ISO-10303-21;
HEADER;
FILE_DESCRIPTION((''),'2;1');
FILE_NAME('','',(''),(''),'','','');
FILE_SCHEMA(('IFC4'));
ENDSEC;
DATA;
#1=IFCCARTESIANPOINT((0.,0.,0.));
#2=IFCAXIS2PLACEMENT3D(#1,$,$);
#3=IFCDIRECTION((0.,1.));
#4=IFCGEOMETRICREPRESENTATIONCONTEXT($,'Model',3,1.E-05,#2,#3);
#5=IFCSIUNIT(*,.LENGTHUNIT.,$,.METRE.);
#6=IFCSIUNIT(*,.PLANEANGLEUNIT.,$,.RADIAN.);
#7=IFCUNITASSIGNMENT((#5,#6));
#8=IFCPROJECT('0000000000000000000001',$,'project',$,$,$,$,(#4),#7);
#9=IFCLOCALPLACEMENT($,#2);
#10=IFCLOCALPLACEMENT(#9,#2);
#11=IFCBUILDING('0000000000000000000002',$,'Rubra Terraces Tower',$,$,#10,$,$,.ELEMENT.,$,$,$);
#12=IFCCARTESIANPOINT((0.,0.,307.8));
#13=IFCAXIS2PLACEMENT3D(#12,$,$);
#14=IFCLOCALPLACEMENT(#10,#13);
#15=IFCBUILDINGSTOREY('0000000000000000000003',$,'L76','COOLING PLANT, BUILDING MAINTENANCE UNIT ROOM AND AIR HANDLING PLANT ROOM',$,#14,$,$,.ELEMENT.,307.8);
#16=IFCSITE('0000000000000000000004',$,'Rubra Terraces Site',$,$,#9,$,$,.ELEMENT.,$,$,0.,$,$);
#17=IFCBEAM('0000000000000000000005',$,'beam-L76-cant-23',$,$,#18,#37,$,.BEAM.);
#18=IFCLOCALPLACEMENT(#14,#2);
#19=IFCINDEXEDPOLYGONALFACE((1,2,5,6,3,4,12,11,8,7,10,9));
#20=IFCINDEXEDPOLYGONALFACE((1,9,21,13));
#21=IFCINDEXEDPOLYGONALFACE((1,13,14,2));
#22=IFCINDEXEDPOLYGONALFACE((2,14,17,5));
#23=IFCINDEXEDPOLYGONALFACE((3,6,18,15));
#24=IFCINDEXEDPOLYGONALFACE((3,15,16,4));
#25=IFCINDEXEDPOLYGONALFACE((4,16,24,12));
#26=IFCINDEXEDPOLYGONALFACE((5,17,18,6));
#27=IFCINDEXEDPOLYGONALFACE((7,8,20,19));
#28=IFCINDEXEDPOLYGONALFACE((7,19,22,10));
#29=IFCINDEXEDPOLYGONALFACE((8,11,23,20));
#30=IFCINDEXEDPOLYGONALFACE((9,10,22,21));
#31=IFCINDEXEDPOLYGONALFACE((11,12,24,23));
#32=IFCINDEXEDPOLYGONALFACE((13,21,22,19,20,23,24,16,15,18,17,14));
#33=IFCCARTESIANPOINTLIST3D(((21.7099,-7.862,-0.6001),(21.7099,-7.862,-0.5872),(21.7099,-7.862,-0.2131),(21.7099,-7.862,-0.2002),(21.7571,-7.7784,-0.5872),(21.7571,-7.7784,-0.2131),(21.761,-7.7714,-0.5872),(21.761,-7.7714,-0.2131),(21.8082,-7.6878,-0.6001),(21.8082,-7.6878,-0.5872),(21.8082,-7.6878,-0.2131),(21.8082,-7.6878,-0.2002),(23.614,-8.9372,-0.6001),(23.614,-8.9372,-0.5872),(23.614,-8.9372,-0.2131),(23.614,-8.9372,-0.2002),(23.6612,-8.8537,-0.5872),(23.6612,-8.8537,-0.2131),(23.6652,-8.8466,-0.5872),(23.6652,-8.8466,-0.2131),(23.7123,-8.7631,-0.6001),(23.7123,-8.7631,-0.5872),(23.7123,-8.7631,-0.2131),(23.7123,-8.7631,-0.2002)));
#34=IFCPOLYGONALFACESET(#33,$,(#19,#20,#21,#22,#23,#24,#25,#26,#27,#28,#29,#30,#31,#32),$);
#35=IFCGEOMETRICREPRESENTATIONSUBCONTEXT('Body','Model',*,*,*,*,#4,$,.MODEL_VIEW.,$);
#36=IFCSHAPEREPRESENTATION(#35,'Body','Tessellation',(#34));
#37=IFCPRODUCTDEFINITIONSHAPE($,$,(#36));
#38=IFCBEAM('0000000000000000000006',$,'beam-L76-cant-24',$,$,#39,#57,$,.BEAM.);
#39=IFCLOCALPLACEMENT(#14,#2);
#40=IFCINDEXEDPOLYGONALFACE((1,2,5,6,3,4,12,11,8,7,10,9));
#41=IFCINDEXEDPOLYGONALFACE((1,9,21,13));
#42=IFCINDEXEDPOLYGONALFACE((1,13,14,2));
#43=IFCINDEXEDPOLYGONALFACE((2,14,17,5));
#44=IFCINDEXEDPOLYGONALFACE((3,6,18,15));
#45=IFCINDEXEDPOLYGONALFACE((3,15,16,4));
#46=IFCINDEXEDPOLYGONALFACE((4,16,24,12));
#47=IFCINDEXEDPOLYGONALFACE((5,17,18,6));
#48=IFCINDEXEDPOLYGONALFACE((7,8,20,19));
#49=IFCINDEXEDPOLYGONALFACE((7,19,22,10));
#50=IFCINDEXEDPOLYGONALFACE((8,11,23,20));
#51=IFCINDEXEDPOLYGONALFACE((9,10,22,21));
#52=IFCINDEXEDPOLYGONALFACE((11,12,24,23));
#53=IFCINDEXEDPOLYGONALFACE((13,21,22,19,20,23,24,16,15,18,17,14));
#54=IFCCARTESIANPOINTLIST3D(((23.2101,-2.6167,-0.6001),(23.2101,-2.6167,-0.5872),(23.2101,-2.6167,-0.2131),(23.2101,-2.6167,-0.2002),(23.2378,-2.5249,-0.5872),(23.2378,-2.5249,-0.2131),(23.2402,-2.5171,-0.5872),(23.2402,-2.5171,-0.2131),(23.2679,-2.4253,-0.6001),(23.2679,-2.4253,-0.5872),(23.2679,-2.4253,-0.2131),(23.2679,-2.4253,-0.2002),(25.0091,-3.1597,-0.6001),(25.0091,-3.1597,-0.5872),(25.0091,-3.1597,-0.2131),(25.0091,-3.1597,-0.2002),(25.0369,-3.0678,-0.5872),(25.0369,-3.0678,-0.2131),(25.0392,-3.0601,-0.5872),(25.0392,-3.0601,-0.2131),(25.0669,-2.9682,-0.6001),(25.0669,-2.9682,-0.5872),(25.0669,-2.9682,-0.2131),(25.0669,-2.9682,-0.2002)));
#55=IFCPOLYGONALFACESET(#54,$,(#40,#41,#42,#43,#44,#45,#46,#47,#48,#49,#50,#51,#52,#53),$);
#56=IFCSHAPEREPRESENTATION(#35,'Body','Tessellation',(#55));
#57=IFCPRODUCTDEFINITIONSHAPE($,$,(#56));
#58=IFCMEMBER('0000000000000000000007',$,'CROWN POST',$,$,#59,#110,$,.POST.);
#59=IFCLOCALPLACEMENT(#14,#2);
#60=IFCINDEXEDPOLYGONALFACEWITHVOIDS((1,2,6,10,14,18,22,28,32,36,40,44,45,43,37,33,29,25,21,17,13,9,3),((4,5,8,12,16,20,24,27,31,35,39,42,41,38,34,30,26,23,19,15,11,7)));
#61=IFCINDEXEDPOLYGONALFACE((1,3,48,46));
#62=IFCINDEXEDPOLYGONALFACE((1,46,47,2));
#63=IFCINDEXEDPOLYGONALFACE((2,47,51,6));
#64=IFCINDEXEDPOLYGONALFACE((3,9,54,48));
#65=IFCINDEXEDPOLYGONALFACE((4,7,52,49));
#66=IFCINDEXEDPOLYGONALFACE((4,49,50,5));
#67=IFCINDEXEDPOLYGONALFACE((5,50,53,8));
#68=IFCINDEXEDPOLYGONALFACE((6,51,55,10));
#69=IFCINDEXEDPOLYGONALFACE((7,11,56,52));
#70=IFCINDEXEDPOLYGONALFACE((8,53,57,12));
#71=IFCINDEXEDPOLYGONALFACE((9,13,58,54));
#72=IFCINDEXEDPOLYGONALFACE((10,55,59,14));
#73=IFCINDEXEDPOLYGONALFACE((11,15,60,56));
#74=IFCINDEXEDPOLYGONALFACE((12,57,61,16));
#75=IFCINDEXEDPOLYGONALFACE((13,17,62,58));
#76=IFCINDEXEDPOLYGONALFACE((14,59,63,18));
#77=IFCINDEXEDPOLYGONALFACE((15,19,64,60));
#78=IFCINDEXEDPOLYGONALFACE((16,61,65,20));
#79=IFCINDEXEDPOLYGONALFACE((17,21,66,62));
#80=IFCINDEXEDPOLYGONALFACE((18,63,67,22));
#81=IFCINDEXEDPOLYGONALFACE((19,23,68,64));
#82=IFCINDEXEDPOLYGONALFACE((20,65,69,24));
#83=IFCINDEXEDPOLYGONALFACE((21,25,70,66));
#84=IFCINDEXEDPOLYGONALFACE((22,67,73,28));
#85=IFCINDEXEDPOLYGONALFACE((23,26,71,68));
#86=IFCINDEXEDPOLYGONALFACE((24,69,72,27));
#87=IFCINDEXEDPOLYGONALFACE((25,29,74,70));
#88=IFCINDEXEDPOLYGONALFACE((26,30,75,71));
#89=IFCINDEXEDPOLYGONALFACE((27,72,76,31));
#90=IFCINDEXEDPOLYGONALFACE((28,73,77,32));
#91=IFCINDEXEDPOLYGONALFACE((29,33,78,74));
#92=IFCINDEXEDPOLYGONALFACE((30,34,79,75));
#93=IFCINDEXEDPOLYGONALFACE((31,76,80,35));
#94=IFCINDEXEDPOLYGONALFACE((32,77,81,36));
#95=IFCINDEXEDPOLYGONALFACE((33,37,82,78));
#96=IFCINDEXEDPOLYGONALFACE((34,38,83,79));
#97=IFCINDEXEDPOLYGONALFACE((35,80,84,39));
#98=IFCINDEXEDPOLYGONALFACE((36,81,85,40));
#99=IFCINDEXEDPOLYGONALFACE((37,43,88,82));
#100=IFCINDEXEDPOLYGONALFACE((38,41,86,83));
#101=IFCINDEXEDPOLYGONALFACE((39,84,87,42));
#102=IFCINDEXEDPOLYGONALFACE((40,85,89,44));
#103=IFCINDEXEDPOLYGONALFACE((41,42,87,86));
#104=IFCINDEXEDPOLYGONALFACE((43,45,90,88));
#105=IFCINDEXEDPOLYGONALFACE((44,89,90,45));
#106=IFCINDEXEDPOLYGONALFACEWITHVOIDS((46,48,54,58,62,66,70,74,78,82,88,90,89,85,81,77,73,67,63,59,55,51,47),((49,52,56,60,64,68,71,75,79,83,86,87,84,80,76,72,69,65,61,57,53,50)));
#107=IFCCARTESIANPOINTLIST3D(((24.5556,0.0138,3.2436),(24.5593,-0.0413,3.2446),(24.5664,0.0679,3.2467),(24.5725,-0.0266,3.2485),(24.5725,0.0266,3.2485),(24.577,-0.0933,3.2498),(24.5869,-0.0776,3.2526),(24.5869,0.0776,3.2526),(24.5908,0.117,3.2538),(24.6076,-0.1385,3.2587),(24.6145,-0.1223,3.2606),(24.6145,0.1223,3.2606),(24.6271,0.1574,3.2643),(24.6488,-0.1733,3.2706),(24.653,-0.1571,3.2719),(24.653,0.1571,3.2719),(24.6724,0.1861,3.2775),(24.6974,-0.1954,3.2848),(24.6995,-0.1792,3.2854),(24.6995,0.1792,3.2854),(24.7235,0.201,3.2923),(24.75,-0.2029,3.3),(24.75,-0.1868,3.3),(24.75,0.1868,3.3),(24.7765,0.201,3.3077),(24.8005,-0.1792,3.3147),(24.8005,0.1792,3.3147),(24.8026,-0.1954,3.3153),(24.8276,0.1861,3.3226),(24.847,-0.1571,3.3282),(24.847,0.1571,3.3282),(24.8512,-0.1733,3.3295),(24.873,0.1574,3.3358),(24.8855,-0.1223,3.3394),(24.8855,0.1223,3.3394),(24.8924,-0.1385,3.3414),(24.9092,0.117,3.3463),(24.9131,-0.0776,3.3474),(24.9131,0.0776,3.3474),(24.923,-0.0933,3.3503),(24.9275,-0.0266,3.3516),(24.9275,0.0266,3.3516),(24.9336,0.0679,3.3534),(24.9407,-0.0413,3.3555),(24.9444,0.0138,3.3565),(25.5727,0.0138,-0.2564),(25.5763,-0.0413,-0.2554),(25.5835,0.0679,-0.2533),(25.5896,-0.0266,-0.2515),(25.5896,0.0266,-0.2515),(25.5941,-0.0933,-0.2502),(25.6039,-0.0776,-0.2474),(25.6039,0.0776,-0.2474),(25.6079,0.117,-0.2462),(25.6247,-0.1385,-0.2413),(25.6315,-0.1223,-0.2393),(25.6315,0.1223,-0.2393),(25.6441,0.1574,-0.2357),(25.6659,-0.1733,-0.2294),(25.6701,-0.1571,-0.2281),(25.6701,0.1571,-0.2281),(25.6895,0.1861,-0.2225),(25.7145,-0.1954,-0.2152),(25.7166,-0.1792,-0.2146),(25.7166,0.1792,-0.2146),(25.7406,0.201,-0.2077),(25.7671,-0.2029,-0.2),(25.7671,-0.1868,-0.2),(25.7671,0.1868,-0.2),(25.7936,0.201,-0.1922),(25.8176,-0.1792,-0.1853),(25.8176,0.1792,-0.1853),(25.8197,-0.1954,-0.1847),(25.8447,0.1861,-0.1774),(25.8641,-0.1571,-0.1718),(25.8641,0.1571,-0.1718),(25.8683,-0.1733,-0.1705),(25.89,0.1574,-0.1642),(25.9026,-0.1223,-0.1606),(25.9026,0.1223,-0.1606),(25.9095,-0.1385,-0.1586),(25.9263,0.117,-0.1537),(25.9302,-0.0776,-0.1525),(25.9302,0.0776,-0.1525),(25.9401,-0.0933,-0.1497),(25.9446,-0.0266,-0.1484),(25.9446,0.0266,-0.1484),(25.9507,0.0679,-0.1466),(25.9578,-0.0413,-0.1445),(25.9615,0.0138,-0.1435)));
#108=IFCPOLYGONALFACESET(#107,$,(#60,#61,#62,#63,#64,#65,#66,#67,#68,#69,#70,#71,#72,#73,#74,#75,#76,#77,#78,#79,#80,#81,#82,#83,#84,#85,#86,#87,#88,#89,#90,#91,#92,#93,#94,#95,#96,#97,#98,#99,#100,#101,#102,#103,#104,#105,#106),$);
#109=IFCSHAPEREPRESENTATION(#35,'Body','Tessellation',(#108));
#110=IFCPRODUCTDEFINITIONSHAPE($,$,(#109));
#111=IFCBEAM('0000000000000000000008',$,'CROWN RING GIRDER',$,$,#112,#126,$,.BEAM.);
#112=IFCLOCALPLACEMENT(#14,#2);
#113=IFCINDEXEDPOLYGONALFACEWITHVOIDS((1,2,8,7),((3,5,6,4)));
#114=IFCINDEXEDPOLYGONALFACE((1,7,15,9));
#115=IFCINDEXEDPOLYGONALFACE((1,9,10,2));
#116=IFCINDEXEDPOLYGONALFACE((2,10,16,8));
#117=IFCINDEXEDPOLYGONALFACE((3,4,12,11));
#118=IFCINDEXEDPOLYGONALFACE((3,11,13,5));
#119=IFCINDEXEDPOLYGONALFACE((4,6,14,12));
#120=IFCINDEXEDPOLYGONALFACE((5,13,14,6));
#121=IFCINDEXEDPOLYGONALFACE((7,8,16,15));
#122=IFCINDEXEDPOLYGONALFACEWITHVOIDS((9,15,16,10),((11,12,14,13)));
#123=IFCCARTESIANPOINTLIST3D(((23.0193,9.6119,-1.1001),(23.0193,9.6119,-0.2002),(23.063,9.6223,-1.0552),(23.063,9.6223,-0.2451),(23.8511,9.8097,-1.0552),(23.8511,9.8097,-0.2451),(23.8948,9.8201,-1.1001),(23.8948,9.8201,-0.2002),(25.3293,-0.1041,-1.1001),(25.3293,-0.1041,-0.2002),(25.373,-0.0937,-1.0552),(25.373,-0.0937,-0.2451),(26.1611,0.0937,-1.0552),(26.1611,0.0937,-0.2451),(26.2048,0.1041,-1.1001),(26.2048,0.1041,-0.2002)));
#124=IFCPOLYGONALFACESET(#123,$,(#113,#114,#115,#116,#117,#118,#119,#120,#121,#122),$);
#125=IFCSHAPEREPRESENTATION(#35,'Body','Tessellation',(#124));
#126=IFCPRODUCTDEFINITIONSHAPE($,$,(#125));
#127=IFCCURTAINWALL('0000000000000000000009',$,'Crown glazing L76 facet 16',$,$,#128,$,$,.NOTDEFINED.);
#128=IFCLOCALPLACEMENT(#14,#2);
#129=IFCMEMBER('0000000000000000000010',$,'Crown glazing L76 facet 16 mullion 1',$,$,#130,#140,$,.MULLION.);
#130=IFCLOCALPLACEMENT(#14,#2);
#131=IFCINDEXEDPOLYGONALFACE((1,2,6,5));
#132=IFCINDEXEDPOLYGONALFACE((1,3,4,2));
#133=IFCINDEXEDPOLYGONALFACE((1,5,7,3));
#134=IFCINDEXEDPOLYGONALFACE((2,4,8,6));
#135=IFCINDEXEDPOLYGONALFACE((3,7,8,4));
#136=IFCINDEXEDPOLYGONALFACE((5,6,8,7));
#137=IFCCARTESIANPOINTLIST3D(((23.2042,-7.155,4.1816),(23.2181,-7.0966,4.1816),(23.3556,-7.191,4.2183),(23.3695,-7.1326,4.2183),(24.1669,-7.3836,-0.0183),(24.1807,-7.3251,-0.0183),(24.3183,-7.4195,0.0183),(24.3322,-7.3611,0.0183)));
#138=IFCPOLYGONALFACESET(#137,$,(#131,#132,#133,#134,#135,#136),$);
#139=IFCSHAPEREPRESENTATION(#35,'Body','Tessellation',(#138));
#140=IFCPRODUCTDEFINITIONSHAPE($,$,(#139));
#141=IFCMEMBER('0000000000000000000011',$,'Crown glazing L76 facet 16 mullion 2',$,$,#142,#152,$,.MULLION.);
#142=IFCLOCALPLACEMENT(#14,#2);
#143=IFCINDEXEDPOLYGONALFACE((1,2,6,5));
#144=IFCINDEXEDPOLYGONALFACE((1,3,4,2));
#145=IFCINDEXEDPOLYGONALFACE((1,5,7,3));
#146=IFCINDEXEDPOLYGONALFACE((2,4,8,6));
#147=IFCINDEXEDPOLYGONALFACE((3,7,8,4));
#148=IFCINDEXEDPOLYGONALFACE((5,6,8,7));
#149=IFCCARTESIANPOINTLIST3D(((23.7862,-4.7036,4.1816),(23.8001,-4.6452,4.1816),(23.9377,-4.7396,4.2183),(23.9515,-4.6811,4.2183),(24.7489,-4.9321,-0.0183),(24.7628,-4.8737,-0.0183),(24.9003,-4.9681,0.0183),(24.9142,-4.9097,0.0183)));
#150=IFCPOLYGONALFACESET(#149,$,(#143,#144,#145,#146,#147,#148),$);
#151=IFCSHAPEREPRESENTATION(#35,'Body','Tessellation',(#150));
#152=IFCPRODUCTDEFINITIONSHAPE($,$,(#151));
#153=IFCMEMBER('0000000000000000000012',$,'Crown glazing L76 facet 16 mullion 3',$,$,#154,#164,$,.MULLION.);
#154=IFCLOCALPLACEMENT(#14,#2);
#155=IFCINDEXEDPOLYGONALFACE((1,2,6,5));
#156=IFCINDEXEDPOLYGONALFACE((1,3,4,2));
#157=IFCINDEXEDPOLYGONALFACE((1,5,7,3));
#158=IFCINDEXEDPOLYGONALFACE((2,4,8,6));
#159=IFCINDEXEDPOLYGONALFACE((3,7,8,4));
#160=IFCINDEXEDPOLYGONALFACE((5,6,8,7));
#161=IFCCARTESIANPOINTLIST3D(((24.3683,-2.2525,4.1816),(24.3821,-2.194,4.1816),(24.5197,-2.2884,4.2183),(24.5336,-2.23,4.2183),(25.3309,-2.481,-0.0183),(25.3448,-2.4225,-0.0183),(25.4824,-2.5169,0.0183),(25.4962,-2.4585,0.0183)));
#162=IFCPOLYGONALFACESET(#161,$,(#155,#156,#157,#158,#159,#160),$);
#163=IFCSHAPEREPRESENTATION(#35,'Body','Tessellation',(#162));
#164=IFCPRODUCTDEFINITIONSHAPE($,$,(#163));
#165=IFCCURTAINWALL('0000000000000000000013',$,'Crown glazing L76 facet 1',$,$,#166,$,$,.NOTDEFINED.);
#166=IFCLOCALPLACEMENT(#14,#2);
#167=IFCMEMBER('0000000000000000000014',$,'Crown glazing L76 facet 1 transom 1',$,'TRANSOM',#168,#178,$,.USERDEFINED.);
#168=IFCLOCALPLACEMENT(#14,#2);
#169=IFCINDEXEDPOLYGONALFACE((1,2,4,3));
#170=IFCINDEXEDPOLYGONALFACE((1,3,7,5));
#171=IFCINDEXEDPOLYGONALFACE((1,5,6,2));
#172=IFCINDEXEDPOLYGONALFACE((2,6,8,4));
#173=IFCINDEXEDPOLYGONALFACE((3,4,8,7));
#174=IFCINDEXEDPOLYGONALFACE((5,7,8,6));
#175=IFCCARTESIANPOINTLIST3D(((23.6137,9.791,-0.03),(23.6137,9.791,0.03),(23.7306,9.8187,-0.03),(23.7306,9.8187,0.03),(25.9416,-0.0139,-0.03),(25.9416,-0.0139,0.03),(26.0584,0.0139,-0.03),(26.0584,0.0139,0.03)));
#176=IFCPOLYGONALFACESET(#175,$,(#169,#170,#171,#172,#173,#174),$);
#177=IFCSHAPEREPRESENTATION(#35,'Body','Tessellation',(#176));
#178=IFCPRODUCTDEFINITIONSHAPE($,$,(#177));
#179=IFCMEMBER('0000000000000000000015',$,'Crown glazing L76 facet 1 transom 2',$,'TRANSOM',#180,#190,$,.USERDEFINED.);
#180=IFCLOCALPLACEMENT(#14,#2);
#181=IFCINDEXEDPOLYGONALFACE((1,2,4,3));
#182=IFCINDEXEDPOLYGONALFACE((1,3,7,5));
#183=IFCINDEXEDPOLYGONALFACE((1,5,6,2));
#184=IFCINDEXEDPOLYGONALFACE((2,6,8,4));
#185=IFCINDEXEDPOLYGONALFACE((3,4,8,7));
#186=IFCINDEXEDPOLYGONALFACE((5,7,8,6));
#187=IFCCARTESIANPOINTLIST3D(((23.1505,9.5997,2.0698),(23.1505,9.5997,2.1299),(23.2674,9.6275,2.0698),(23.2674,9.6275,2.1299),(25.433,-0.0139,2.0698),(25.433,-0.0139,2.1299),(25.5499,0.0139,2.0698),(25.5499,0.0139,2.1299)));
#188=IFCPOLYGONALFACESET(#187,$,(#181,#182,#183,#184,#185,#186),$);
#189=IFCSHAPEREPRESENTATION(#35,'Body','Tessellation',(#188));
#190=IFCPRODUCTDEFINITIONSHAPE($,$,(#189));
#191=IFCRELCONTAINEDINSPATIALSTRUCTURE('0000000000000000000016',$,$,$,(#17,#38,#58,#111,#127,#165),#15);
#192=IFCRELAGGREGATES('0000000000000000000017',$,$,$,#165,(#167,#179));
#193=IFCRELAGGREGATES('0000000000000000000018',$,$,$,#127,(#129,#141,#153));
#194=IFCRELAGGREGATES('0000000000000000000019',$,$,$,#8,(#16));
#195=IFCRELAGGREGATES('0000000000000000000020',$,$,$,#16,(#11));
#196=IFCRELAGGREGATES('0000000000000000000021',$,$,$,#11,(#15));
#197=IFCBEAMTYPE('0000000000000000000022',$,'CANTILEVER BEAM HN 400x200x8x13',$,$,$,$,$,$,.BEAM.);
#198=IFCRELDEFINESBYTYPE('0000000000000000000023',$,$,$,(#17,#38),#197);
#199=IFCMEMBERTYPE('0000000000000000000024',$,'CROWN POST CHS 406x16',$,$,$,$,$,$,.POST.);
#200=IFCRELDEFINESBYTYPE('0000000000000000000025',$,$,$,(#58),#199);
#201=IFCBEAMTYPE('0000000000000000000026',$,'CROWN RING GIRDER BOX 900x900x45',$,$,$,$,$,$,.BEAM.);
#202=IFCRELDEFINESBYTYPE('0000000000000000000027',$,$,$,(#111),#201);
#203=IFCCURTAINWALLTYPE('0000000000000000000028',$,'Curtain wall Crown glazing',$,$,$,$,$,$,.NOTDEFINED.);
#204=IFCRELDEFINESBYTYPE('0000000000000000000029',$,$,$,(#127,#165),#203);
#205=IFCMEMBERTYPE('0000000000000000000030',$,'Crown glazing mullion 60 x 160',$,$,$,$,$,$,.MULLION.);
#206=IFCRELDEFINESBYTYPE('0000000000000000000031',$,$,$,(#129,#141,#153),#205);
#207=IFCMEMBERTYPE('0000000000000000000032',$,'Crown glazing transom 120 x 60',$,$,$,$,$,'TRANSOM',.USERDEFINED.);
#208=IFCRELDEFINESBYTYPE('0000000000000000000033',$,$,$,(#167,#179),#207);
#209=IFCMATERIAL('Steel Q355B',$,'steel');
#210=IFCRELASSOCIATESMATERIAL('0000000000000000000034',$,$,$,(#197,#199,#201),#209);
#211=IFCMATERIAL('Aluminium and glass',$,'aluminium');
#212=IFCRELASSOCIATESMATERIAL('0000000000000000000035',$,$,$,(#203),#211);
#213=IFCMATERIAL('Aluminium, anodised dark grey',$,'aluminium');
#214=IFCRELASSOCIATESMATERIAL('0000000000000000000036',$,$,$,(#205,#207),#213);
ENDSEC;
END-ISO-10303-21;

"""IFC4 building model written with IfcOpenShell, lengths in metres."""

from ifc_helpers import new_model, si_unit, direction, frame, origin, origin_2d, place, context, subcontext, project, spatial, rectangle, hollow_rectangle, hollow_circle, i_section, extrude, material, material_profile, profile_set, type_object, element, aggregate, save


model = new_model("IFC4")

# Units and contexts
model_context = context("Model", 3, precision=1e-05, world=origin(), true_north=direction((0.0, 1.0)))
body_context = subcontext(model_context, "Body", "Model", "MODEL_VIEW")
ifc_project = project(units=[si_unit("LENGTHUNIT", "METRE"), si_unit("PLANEANGLEUNIT", "RADIAN")], contexts=[model_context])

# Site, building, storey
site_placement = place(None, origin())
site = spatial("IfcSite", under=ifc_project, at=site_placement, Name="Rubra Terraces Site", CompositionType="ELEMENT", RefElevation=0.0)
building_placement = place(site_placement, origin())
building = spatial("IfcBuilding", under=site, at=building_placement, Name="Rubra Terraces Tower", CompositionType="ELEMENT")
storey_placement = place(building_placement, frame((0.0, 0.0, 307.8)))
storey = spatial("IfcBuildingStorey", under=building, at=storey_placement, Name="L76", Description="COOLING PLANT, BUILDING MAINTENANCE UNIT ROOM AND AIR HANDLING PLANT ROOM", CompositionType="ELEMENT", Elevation=307.8)

# Beams
ifc_material_1 = material(Name="Steel Q355B", Category="steel")
ifc_material_profile_1 = material_profile(ifc_material_1, i_section(OverallWidth=0.2, OverallDepth=0.3999, WebThickness=0.0081, FlangeThickness=0.0129, at=origin_2d()), Name="HN 400x200x8x13")
ifc_profile_set_1 = profile_set([ifc_material_profile_1], Name="Steel Q355B")
beam_type_1 = type_object("IfcBeamType", Name="CANTILEVER BEAM HN 400x200x8x13", PredefinedType="BEAM", material=ifc_profile_set_1)
beam_1_placement = place(storey_placement, frame((21.759, -7.7749, -0.4001), z_axis=(0.87076, -0.491708, 0.0), x_axis=(0.491708, 0.87076, 0.0)))
element("IfcBeam", 1, at=beam_1_placement, inside=storey, type_object=beam_type_1, Name="beam-L76-cant-23", PredefinedType="BEAM", context=body_context, shape_type="SweptSolid", body=[
    extrude(i_section(OverallWidth=0.2, OverallDepth=0.3999, WebThickness=0.0081, FlangeThickness=0.0129, at=origin_2d()), origin(), (0.0, 0.0, 1.0), 2.1868),
])
beam_2_placement = place(storey_placement, frame((23.239, -2.521, -0.4001), z_axis=(0.957349, -0.288933, 0.0), x_axis=(0.288933, 0.957349, 0.0)))
element("IfcBeam", 2, at=beam_2_placement, inside=storey, type_object=beam_type_1, Name="beam-L76-cant-24", PredefinedType="BEAM", context=body_context, shape_type="SweptSolid", body=[
    extrude(i_section(OverallWidth=0.2, OverallDepth=0.3999, WebThickness=0.0081, FlangeThickness=0.0129, at=origin_2d()), origin(), (0.0, 0.0, 1.0), 1.8792),
])

# Member
ifc_material_profile_2 = material_profile(ifc_material_1, hollow_circle(Radius=0.2029, WallThickness=0.0161, at=origin_2d()), Name="CHS 406x16")
ifc_profile_set_2 = profile_set([ifc_material_profile_2], Name="Steel Q355B")
member_type_1 = type_object("IfcMemberType", Name="CROWN POST CHS 406x16", PredefinedType="POST", material=ifc_profile_set_2)
member_1_placement = place(storey_placement, frame((25.7671, 0.0, -0.2), z_axis=(-0.279053, 0.0, 0.960276), x_axis=(0.0, -1.0, 0.0)))
element("IfcMember", 3, at=member_1_placement, inside=storey, type_object=member_type_1, Name="CROWN POST", PredefinedType="POST", context=body_context, shape_type="SweptSolid", body=[
    extrude(hollow_circle(Radius=0.2029, WallThickness=0.0161, at=origin_2d()), origin(), (0.0, 0.0, 1.0), 3.6448),
])

# Beam
ifc_material_profile_3 = material_profile(ifc_material_1, hollow_rectangle(XDim=0.8999, YDim=0.8999, WallThickness=0.0449, at=origin_2d()), Name="BOX 900x900x45")
ifc_profile_set_3 = profile_set([ifc_material_profile_3], Name="Steel Q355B")
beam_type_2 = type_object("IfcBeamType", Name="CROWN RING GIRDER BOX 900x900x45", PredefinedType="BEAM", material=ifc_profile_set_3)
beam_3_placement = place(storey_placement, frame((25.7671, 0.0, -0.6501), z_axis=(-0.231309, 0.97288, 0.0), x_axis=(-0.97288, -0.231309, 0.0)))
element("IfcBeam", 4, at=beam_3_placement, inside=storey, type_object=beam_type_2, Name="CROWN RING GIRDER", PredefinedType="BEAM", context=body_context, shape_type="SweptSolid", body=[
    extrude(hollow_rectangle(XDim=0.8999, YDim=0.8999, WallThickness=0.0449, at=origin_2d()), origin(), (0.0, 0.0, 1.0), 9.9868),
])

# Curtain walls, members
ifc_material_2 = material(Name="Aluminium and glass", Category="aluminium")
curtain_wall_type = type_object("IfcCurtainWallType", Name="Curtain wall Crown glazing", PredefinedType="NOTDEFINED", material=ifc_material_2)
curtain_wall_1_placement = place(storey_placement, origin())
curtain_wall_1 = element("IfcCurtainWall", 5, at=curtain_wall_1_placement, inside=storey, type_object=curtain_wall_type, Name="Crown glazing L76 facet 16", PredefinedType="NOTDEFINED")
ifc_material_3 = material(Name="Aluminium, anodised dark grey", Category="aluminium")
ifc_material_profile_4 = material_profile(ifc_material_3, rectangle(XDim=0.0601, YDim=0.1599, at=origin_2d()), Name="AL 60x160")
ifc_profile_set_4 = profile_set([ifc_material_profile_4], Name="Aluminium, anodised dark grey")
member_type_2 = type_object("IfcMemberType", Name="Crown glazing mullion 60 x 160", PredefinedType="MULLION", material=ifc_profile_set_4)
member_2_placement = place(storey_placement, frame((24.2495, -7.3723, 0.0), z_axis=(-0.223097, 0.052959, 0.973356), x_axis=(-0.230964, -0.972962, 0.0)))
member_2 = element("IfcMember", 6, at=member_2_placement, type_object=member_type_2, Name="Crown glazing L76 facet 16 mullion 1", PredefinedType="MULLION", context=body_context, shape_type="SweptSolid", body=[
    extrude(rectangle(XDim=0.0601, YDim=0.1599, at=origin_2d()), origin(), (0.0, 0.0, 1.0), 4.3149),
])
member_3_placement = place(storey_placement, frame((24.8315, -4.9209, 0.0), z_axis=(-0.223097, 0.052959, 0.973356), x_axis=(-0.230964, -0.972962, 0.0)))
member_3 = element("IfcMember", 7, at=member_3_placement, type_object=member_type_2, Name="Crown glazing L76 facet 16 mullion 2", PredefinedType="MULLION", context=body_context, shape_type="SweptSolid", body=[
    extrude(rectangle(XDim=0.0601, YDim=0.1599, at=origin_2d()), origin(), (0.0, 0.0, 1.0), 4.3149),
])
member_4_placement = place(storey_placement, frame((25.4136, -2.4697, 0.0), z_axis=(-0.223097, 0.052959, 0.973356), x_axis=(-0.230964, -0.972962, 0.0)))
member_4 = element("IfcMember", 8, at=member_4_placement, type_object=member_type_2, Name="Crown glazing L76 facet 16 mullion 3", PredefinedType="MULLION", context=body_context, shape_type="SweptSolid", body=[
    extrude(rectangle(XDim=0.0601, YDim=0.1599, at=origin_2d()), origin(), (0.0, 0.0, 1.0), 4.3149),
])
curtain_wall_2_placement = place(storey_placement, origin())
curtain_wall_2 = element("IfcCurtainWall", 9, at=curtain_wall_2_placement, inside=storey, type_object=curtain_wall_type, Name="Crown glazing L76 facet 1", PredefinedType="NOTDEFINED")
ifc_material_profile_5 = material_profile(ifc_material_3, rectangle(XDim=0.1201, YDim=0.0601, at=origin_2d()), Name="AL 120x60")
ifc_profile_set_5 = profile_set([ifc_material_profile_5], Name="Aluminium, anodised dark grey")
member_type_3 = type_object("IfcMemberType", Name="Crown glazing transom 120 x 60", ElementType="TRANSOM", PredefinedType="USERDEFINED", material=ifc_profile_set_5)
member_5_placement = place(storey_placement, frame((26.0, 0.0, 0.0), z_axis=(-0.230998, 0.972954, 0.0), x_axis=(-0.972954, -0.230998, 0.0)))
member_5 = element("IfcMember", 10, at=member_5_placement, type_object=member_type_3, Name="Crown glazing L76 facet 1 transom 1", ObjectType="TRANSOM", PredefinedType="USERDEFINED", context=body_context, shape_type="SweptSolid", body=[
    extrude(rectangle(XDim=0.1201, YDim=0.0601, at=origin_2d()), origin(), (0.0, 0.0, 1.0), 10.0774),
])
member_6_placement = place(storey_placement, frame((25.4915, 0.0, 2.0999), z_axis=(-0.231001, 0.972953, 0.0), x_axis=(-0.972953, -0.231001, 0.0)))
member_6 = element("IfcMember", 11, at=member_6_placement, type_object=member_type_3, Name="Crown glazing L76 facet 1 transom 2", ObjectType="TRANSOM", PredefinedType="USERDEFINED", context=body_context, shape_type="SweptSolid", body=[
    extrude(rectangle(XDim=0.1201, YDim=0.0601, at=origin_2d()), origin(), (0.0, 0.0, 1.0), 9.8809),
])

aggregate(curtain_wall_2, [member_5, member_6])
aggregate(curtain_wall_1, [member_2, member_3, member_4])

save(model, "model.ifc")
